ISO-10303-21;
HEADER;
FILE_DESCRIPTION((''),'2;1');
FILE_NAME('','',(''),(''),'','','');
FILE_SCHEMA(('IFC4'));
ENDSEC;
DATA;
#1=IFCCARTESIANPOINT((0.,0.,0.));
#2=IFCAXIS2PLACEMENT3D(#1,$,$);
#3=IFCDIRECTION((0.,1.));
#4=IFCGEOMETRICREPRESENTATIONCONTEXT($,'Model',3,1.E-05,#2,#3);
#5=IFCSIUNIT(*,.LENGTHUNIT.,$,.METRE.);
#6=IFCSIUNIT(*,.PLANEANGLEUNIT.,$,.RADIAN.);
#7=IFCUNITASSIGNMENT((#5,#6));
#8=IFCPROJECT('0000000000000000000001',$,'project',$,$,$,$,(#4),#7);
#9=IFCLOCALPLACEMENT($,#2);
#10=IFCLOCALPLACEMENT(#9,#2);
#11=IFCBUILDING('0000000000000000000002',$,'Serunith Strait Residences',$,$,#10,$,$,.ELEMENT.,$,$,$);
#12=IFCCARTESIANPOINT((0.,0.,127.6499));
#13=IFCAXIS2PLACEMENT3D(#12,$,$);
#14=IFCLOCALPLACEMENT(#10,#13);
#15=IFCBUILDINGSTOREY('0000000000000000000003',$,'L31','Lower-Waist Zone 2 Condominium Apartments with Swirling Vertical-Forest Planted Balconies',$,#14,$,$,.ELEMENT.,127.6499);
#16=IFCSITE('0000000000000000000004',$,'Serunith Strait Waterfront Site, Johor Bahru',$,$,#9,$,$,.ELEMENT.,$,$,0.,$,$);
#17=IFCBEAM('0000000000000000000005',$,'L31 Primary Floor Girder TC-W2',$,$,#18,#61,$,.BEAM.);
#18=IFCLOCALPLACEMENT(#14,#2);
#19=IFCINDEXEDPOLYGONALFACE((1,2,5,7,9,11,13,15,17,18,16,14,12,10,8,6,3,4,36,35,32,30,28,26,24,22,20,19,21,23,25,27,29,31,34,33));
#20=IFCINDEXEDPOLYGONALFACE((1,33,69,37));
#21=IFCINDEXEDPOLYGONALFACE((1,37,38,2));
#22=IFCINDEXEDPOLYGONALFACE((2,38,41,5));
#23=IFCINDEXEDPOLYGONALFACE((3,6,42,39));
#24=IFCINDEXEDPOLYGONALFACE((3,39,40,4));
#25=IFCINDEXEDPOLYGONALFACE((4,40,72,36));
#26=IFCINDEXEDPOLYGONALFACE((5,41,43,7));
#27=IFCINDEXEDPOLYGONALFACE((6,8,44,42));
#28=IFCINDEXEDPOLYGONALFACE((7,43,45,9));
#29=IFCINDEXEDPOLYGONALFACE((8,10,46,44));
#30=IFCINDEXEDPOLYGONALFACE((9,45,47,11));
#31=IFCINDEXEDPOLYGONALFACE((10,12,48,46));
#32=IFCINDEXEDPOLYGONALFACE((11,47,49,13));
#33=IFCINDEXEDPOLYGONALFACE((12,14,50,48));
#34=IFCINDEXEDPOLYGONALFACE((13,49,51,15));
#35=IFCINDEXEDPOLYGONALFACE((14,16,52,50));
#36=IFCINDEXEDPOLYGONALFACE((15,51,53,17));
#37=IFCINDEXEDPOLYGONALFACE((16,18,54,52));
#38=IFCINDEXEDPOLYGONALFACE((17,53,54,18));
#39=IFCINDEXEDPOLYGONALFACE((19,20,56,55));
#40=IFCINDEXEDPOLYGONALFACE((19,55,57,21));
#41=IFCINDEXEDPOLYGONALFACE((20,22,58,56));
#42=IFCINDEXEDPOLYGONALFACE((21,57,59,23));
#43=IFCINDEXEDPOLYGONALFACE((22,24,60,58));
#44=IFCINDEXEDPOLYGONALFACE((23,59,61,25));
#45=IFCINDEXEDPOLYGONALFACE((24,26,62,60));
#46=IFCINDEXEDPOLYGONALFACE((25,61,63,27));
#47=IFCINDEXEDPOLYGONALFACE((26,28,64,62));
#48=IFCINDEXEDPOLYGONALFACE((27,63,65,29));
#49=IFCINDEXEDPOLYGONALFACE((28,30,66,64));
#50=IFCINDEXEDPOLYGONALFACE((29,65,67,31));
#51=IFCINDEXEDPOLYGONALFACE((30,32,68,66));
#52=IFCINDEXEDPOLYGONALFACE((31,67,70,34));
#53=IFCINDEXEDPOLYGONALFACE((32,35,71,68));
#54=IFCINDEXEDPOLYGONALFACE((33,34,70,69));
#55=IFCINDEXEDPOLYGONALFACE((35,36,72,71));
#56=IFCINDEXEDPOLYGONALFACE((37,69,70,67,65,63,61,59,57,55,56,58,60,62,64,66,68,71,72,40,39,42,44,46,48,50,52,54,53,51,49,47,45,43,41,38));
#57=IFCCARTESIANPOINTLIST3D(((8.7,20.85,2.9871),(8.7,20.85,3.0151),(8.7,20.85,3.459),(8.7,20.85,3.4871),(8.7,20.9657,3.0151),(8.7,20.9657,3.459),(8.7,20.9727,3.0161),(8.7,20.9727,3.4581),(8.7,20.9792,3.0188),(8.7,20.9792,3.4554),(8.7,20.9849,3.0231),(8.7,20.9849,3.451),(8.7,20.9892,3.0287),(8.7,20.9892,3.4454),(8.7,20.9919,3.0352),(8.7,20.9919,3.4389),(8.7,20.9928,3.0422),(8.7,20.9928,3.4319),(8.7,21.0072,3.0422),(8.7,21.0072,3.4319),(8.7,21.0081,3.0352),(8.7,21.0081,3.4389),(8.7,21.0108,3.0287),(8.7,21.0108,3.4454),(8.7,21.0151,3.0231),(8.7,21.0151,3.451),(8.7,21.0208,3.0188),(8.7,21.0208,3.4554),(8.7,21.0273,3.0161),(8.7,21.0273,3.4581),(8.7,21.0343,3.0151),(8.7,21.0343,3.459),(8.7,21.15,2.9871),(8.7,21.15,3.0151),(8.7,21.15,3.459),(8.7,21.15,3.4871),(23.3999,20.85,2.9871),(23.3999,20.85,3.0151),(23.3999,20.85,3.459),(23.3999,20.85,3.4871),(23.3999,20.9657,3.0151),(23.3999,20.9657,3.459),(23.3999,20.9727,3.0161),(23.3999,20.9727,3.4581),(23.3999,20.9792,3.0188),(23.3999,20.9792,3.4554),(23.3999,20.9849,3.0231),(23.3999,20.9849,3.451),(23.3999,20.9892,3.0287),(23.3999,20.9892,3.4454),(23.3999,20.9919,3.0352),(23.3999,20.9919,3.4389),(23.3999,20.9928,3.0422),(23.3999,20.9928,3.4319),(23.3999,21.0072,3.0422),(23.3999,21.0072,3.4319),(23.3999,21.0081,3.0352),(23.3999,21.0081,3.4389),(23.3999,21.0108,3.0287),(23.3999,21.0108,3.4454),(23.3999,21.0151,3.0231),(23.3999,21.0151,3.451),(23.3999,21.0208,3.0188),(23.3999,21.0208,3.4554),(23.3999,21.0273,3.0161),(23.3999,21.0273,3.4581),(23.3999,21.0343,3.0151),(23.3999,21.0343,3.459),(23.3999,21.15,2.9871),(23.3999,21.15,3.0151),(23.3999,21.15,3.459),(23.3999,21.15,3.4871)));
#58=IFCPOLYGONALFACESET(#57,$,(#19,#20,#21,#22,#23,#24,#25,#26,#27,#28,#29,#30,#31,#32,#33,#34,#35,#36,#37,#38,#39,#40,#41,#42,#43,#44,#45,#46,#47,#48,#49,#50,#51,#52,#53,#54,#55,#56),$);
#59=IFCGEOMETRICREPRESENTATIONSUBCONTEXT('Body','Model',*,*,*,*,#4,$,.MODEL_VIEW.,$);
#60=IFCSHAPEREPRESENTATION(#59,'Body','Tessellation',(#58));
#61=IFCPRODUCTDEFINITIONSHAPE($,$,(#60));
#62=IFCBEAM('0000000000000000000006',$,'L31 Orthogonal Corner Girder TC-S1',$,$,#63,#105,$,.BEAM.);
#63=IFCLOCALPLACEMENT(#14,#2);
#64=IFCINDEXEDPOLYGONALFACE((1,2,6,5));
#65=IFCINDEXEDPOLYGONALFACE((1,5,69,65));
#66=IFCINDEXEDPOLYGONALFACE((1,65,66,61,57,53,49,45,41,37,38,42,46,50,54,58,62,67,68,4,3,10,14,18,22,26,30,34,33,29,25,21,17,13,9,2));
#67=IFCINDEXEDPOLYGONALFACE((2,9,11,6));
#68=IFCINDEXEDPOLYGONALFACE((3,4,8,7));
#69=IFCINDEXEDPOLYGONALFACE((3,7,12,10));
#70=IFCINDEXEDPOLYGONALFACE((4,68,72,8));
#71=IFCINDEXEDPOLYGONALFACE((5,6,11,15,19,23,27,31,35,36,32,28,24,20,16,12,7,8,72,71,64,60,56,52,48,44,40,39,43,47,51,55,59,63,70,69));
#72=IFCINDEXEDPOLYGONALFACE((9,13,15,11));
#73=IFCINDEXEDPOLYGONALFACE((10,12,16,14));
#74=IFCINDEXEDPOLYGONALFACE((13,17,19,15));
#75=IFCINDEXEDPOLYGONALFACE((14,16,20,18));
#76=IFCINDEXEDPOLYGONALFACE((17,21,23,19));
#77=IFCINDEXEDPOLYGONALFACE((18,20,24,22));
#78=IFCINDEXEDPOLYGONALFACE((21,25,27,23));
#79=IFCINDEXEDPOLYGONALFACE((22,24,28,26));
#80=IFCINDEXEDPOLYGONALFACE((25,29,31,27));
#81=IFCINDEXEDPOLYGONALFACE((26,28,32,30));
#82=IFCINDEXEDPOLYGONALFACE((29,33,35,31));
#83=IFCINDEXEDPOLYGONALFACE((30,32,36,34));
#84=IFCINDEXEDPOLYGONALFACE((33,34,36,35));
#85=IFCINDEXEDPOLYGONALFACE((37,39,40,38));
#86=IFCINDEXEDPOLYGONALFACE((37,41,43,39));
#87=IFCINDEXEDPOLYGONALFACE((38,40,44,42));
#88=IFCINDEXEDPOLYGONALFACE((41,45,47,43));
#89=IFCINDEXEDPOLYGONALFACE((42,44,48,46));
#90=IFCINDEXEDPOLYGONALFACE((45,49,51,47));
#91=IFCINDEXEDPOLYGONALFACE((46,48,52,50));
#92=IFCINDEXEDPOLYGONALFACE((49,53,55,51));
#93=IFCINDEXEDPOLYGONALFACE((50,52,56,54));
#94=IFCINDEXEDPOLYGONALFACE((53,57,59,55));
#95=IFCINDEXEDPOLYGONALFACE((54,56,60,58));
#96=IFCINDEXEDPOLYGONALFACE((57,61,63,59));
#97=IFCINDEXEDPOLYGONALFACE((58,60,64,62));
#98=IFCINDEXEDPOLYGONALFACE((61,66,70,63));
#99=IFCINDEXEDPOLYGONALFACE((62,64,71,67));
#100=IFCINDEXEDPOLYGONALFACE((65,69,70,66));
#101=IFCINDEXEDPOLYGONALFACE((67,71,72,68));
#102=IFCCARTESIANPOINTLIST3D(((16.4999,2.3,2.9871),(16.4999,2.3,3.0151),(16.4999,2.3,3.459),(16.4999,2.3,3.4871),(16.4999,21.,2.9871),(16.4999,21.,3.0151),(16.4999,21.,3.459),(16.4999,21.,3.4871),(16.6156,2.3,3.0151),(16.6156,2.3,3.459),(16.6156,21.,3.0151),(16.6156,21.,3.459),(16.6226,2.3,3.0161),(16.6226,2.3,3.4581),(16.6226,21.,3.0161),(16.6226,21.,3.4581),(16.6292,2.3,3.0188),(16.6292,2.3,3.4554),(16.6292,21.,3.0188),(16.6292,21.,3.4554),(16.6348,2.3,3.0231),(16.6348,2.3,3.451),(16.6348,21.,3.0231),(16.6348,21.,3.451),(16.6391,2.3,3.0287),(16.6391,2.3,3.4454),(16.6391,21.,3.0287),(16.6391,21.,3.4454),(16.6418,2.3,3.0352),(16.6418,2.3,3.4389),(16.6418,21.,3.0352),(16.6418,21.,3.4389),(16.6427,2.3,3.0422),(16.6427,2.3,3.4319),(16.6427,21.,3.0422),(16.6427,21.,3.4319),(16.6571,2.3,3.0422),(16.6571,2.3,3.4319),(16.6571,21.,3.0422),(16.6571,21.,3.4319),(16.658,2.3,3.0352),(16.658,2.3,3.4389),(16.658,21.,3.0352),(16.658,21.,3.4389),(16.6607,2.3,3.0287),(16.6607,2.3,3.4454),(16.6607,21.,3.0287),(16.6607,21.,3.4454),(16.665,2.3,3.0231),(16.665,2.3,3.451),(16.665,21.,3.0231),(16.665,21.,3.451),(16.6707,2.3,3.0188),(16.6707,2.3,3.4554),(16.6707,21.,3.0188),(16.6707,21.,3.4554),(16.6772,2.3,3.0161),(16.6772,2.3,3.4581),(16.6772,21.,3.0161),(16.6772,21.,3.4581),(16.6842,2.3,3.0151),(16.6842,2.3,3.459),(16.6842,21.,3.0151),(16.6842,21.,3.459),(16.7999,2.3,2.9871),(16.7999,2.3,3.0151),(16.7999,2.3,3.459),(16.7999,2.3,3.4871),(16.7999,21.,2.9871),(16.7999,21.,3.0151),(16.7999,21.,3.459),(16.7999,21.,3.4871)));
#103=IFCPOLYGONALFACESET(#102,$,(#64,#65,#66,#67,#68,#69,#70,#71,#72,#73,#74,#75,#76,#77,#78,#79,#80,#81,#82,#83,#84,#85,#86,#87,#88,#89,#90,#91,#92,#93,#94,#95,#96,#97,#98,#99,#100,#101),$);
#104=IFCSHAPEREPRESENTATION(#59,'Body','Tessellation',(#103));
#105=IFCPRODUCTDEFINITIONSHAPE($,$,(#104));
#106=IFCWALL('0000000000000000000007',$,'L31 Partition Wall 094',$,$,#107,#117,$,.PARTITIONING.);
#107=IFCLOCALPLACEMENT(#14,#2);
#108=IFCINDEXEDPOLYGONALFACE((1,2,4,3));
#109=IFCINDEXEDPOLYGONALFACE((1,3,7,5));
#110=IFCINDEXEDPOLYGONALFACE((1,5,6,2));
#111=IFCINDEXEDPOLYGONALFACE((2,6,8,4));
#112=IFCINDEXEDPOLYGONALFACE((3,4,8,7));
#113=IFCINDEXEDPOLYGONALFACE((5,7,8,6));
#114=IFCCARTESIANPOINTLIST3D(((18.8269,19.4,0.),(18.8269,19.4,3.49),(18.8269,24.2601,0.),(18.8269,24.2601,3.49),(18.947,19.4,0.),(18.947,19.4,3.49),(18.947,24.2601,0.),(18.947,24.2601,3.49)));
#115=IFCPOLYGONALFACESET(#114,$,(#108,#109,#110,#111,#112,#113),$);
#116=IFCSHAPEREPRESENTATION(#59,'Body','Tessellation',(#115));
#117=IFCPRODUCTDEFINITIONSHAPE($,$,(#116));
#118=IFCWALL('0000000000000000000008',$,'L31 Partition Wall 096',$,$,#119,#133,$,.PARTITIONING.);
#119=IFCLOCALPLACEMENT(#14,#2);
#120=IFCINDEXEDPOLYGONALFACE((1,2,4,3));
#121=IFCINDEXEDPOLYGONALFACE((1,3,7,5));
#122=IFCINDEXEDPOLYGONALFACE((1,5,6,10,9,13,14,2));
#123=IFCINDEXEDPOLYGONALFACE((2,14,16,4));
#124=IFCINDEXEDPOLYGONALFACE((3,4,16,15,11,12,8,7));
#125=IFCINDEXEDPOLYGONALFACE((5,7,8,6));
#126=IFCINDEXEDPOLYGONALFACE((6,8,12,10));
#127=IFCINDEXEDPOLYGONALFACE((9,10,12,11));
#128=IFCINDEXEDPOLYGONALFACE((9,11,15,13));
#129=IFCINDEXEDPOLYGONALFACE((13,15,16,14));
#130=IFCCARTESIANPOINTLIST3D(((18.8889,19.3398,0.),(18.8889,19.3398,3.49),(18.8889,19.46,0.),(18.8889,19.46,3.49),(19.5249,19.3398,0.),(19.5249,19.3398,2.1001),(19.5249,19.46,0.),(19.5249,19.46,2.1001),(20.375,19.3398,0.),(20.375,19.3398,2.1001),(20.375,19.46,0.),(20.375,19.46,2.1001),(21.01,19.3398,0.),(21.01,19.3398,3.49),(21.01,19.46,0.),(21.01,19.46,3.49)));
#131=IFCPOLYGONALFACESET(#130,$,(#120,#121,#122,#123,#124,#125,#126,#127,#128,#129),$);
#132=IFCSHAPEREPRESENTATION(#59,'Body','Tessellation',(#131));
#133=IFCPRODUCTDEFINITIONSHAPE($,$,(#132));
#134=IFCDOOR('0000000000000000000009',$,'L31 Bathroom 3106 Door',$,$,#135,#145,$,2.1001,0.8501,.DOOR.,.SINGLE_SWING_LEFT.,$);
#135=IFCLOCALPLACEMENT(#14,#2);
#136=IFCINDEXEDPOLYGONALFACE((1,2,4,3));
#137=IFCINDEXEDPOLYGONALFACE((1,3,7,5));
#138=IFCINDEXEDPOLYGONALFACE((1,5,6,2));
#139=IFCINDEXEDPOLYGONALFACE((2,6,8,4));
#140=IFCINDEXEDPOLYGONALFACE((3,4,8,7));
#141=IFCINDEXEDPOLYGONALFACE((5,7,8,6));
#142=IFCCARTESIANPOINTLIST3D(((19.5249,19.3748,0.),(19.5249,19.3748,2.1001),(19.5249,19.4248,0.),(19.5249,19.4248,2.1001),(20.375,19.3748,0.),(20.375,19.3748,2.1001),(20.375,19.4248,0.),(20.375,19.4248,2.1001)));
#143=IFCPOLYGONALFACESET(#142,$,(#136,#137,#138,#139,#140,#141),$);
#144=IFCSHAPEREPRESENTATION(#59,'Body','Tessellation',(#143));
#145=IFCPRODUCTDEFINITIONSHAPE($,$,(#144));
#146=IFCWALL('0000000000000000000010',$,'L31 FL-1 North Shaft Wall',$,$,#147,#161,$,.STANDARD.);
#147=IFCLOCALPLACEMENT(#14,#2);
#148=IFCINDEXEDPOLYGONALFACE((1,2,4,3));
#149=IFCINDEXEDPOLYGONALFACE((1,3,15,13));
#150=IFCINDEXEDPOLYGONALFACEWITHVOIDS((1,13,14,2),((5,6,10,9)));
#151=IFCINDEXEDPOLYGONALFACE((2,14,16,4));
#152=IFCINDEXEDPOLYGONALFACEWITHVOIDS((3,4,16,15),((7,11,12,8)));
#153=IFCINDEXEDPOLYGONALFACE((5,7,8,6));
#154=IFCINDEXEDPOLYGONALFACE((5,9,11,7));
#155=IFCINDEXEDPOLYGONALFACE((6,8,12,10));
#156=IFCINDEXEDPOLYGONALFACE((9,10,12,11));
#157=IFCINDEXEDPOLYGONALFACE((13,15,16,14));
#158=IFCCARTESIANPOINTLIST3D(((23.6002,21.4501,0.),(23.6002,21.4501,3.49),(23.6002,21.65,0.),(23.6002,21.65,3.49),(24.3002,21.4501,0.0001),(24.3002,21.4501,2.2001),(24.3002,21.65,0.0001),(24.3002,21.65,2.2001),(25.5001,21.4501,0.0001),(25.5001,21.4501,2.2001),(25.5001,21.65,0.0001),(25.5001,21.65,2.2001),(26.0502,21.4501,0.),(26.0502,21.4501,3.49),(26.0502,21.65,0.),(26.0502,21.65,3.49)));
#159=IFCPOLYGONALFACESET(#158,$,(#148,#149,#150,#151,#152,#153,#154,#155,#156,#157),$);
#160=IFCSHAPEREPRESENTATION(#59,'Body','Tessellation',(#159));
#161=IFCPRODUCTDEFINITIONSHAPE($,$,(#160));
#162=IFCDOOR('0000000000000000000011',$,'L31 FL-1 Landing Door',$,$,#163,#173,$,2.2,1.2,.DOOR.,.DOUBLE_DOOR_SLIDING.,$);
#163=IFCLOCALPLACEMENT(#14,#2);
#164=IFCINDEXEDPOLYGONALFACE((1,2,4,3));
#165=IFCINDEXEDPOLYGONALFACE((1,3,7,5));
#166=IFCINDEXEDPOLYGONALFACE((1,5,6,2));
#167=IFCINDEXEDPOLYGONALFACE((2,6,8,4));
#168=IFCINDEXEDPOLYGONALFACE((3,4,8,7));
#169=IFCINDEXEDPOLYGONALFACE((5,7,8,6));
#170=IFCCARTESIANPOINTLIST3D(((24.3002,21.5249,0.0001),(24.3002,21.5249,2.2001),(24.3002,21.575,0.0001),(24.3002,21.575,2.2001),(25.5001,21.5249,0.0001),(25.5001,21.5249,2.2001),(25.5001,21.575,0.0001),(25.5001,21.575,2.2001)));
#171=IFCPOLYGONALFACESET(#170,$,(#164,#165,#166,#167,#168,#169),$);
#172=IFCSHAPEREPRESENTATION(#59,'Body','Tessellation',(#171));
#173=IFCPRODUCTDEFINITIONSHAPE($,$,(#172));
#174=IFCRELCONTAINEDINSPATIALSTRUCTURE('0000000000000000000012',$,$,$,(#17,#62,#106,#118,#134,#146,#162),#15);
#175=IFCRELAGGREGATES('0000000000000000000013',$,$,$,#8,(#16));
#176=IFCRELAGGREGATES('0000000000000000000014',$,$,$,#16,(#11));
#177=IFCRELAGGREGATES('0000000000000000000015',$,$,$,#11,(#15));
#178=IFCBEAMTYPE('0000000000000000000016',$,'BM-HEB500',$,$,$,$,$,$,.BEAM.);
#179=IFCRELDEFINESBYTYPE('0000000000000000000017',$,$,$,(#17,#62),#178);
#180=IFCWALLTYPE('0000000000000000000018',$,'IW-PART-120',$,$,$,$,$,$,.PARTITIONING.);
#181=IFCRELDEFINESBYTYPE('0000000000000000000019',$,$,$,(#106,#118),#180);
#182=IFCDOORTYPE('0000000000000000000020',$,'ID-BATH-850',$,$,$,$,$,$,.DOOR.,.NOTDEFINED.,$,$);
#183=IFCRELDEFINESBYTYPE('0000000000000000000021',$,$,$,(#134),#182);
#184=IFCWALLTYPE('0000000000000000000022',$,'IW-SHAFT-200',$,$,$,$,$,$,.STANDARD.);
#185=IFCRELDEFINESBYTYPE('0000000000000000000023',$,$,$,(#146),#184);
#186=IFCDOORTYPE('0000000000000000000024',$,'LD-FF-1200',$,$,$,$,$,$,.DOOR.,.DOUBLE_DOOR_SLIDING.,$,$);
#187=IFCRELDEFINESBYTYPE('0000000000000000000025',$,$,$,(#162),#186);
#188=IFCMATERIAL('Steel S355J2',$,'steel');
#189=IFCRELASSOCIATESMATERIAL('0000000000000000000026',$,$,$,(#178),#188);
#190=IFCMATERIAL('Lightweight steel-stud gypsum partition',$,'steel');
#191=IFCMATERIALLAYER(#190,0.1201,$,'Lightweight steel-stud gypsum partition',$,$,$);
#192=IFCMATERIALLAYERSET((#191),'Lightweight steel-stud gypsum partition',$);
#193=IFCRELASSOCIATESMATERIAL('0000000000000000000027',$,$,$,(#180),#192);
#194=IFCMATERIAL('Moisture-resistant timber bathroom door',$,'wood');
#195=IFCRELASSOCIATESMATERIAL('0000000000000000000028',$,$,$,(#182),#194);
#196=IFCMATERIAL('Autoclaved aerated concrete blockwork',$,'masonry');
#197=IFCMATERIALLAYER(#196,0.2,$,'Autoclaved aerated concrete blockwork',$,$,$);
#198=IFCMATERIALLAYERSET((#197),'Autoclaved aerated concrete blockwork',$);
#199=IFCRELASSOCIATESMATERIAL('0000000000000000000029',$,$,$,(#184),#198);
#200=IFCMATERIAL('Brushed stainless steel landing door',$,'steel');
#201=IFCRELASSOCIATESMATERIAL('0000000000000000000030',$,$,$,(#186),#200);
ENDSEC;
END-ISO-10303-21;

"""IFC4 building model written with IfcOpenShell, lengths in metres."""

from ifc_helpers import new_model, si_unit, direction, frame, frame_2d, origin, origin_2d, place, context, subcontext, project, spatial, rectangle, i_section, extrude, source, transform, mapped, material, layer, layer_set, material_profile, profile_set, type_object, element, fill, save


model = new_model("IFC4")

# Units and contexts
model_context = context("Model", 3, precision=1e-05, world=origin(), true_north=direction((0.0, 1.0)))
body_context = subcontext(model_context, "Body", "Model", "MODEL_VIEW")
ifc_project = project(units=[si_unit("LENGTHUNIT", "METRE"), si_unit("PLANEANGLEUNIT", "RADIAN")], contexts=[model_context])

# Site, building, storey
site_placement = place(None, origin())
site = spatial("IfcSite", under=ifc_project, at=site_placement, Name="Serunith Strait Waterfront Site, Johor Bahru", CompositionType="ELEMENT", RefElevation=0.0)
building_placement = place(site_placement, origin())
building = spatial("IfcBuilding", under=site, at=building_placement, Name="Serunith Strait Residences", CompositionType="ELEMENT")
storey_placement = place(building_placement, frame((0.0, 0.0, 127.6499)))
storey = spatial("IfcBuildingStorey", under=building, at=storey_placement, Name="L31", Description="Lower-Waist Zone 2 Condominium Apartments with Swirling Vertical-Forest Planted Balconies", CompositionType="ELEMENT", Elevation=127.6499)

# Beams
ifc_material_1 = material(Name="Steel S355J2", Category="steel")
ifc_material_profile = material_profile(ifc_material_1, i_section(OverallWidth=0.3, OverallDepth=0.5, WebThickness=0.0144, FlangeThickness=0.0281, FilletRadius=0.0271, at=origin_2d()), Name="HEB 500")
ifc_profile_set = profile_set([ifc_material_profile], Name="Steel S355J2")
beam_type = type_object("IfcBeamType", Name="BM-HEB500", PredefinedType="BEAM", material=ifc_profile_set)
shared_shape_1 = source(origin(), body_context, "Body", "SweptSolid", [
    extrude(i_section(OverallWidth=0.3, OverallDepth=0.5, WebThickness=0.0144, FlangeThickness=0.0281, FilletRadius=0.0271, at=origin_2d()), origin(), (0.0, 0.0, 1.0), 14.7),
])
beam_1_placement = place(storey_placement, frame((23.3999, 21.0, 3.2371), z_axis=(-1.0, 0.0, 0.0), x_axis=(0.0, -1.0, 0.0)))
element("IfcBeam", 1, at=beam_1_placement, inside=storey, type_object=beam_type, Name="L31 Primary Floor Girder TC-W2", PredefinedType="BEAM", context=body_context, shape_type="MappedRepresentation", body=[
    mapped(shared_shape_1, transform((0.0, 0.0, 0.0), scale=1.0)),
])
shared_shape_2 = source(origin(), body_context, "Body", "SweptSolid", [
    extrude(i_section(OverallWidth=0.3, OverallDepth=0.5, WebThickness=0.0144, FlangeThickness=0.0281, FilletRadius=0.0271, at=origin_2d()), origin(), (0.0, 0.0, 1.0), 18.7),
])
beam_2_placement = place(storey_placement, frame((16.6499, 21.0, 3.2371), z_axis=(0.0, -1.0, 0.0), x_axis=(1.0, 0.0, 0.0)))
element("IfcBeam", 2, at=beam_2_placement, inside=storey, type_object=beam_type, Name="L31 Orthogonal Corner Girder TC-S1", PredefinedType="BEAM", context=body_context, shape_type="MappedRepresentation", body=[
    mapped(shared_shape_2, transform((0.0, 0.0, 0.0), scale=1.0)),
])

# Wall
ifc_material_2 = material(Name="Lightweight steel-stud gypsum partition", Category="steel")
ifc_layer_1 = layer(ifc_material_2, 0.1201, Name="Lightweight steel-stud gypsum partition")
ifc_layer_set_1 = layer_set([ifc_layer_1], Name="Lightweight steel-stud gypsum partition")
wall_type_1 = type_object("IfcWallType", Name="IW-PART-120", PredefinedType="PARTITIONING", material=ifc_layer_set_1)
wall_1_placement = place(storey_placement, frame((18.887, 19.3999, 0.0), z_axis=(0.0, 0.0, 1.0), x_axis=(0.0, 1.0, 0.0)))
element("IfcWall", 3, at=wall_1_placement, inside=storey, type_object=wall_type_1, Name="L31 Partition Wall 094", PredefinedType="PARTITIONING", context=body_context, shape_type="SweptSolid", body=[
    extrude(rectangle(XDim=4.8601, YDim=0.1201, at=frame_2d((2.4302, 0.0))), origin(), (0.0, 0.0, 1.0), 3.49),
])

# Walls, openings, doors
wall_2_placement = place(storey_placement, frame((18.8889, 19.3999, 0.0), z_axis=(0.0, 0.0, 1.0), x_axis=(1.0, 0.0, 0.0)))
wall_2 = element("IfcWall", 4, at=wall_2_placement, inside=storey, type_object=wall_type_1, Name="L31 Partition Wall 096", PredefinedType="PARTITIONING", context=body_context, shape_type="SweptSolid", body=[
    extrude(rectangle(XDim=2.1211, YDim=0.1201, at=frame_2d((1.0605, 0.0))), origin(), (0.0, 0.0, 1.0), 3.49),
])
opening_1_placement = place(wall_2_placement, frame((0.636, 0.0, 0.0)))
opening_1 = element("IfcOpeningElement", 5, at=opening_1_placement, cuts=wall_2, PredefinedType="OPENING", context=body_context, shape_type="SweptSolid", body=[
    extrude(rectangle(XDim=0.8501, YDim=2.1001, at=frame_2d((0.425, 1.05))), frame((0.0, 0.0701, 0.0), z_axis=(0.0, -1.0, 0.0), x_axis=(1.0, 0.0, 0.0)), (0.0, 0.0, 1.0), 0.1401),
])
ifc_material_3 = material(Name="Moisture-resistant timber bathroom door", Category="wood")
door_type_1 = type_object("IfcDoorType", Name="ID-BATH-850", OperationType="NOTDEFINED", PredefinedType="DOOR", material=ifc_material_3)
shared_shape_3 = source(origin(), body_context, "Body", "SweptSolid", [
    extrude(rectangle(XDim=0.8501, YDim=2.1001, at=frame_2d((0.425, 1.05))), frame((0.0, 0.0249, 0.0), z_axis=(0.0, -1.0, 0.0), x_axis=(1.0, 0.0, 0.0)), (0.0, 0.0, 1.0), 0.05),
])
door_1_placement = place(opening_1_placement, origin())
door_1 = element("IfcDoor", 6, at=door_1_placement, inside=storey, type_object=door_type_1, Name="L31 Bathroom 3106 Door", OperationType="SINGLE_SWING_LEFT", OverallHeight=2.1001, OverallWidth=0.8501, PredefinedType="DOOR", context=body_context, shape_type="MappedRepresentation", body=[
    mapped(shared_shape_3, transform((0.0, 0.0, 0.0), scale=1.0)),
])
fill(opening_1, door_1)
ifc_material_4 = material(Name="Autoclaved aerated concrete blockwork", Category="masonry")
ifc_layer_2 = layer(ifc_material_4, 0.2, Name="Autoclaved aerated concrete blockwork")
ifc_layer_set_2 = layer_set([ifc_layer_2], Name="Autoclaved aerated concrete blockwork")
wall_type_2 = type_object("IfcWallType", Name="IW-SHAFT-200", PredefinedType="STANDARD", material=ifc_layer_set_2)
wall_3_placement = place(storey_placement, frame((23.6001, 21.55, 0.0), z_axis=(0.0, 0.0, 1.0), x_axis=(1.0, 0.0, 0.0)))
wall_3 = element("IfcWall", 7, at=wall_3_placement, inside=storey, type_object=wall_type_2, Name="L31 FL-1 North Shaft Wall", PredefinedType="STANDARD", context=body_context, shape_type="SweptSolid", body=[
    extrude(rectangle(XDim=2.45, YDim=0.2, at=frame_2d((1.2251, 0.0))), origin(), (0.0, 0.0, 1.0), 3.49),
])
opening_2_placement = place(wall_3_placement, frame((0.7, 0.0, 0.0)))
opening_2 = element("IfcOpeningElement", 8, at=opening_2_placement, cuts=wall_3, PredefinedType="OPENING", context=body_context, shape_type="SweptSolid", body=[
    extrude(rectangle(XDim=1.2, YDim=2.2, at=frame_2d((0.6001, 1.1001))), frame((0.0, 0.1099, 0.0), z_axis=(0.0, -1.0, 0.0), x_axis=(1.0, 0.0, 0.0)), (0.0, 0.0, 1.0), 0.22),
])
ifc_material_5 = material(Name="Brushed stainless steel landing door", Category="steel")
door_type_2 = type_object("IfcDoorType", Name="LD-FF-1200", OperationType="DOUBLE_DOOR_SLIDING", PredefinedType="DOOR", material=ifc_material_5)
shared_shape_4 = source(origin(), body_context, "Body", "SweptSolid", [
    extrude(rectangle(XDim=1.2, YDim=2.2, at=frame_2d((0.6001, 1.1001))), frame((0.0, 0.0249, 0.0), z_axis=(0.0, -1.0, 0.0), x_axis=(1.0, 0.0, 0.0)), (0.0, 0.0, 1.0), 0.05),
])
door_2_placement = place(opening_2_placement, origin())
door_2 = element("IfcDoor", 9, at=door_2_placement, inside=storey, type_object=door_type_2, Name="L31 FL-1 Landing Door", OperationType="DOUBLE_DOOR_SLIDING", OverallHeight=2.2, OverallWidth=1.2, PredefinedType="DOOR", context=body_context, shape_type="MappedRepresentation", body=[
    mapped(shared_shape_4, transform((0.0, 0.0, 0.0), scale=1.0)),
])
fill(opening_2, door_2)

save(model, "model.ifc")
